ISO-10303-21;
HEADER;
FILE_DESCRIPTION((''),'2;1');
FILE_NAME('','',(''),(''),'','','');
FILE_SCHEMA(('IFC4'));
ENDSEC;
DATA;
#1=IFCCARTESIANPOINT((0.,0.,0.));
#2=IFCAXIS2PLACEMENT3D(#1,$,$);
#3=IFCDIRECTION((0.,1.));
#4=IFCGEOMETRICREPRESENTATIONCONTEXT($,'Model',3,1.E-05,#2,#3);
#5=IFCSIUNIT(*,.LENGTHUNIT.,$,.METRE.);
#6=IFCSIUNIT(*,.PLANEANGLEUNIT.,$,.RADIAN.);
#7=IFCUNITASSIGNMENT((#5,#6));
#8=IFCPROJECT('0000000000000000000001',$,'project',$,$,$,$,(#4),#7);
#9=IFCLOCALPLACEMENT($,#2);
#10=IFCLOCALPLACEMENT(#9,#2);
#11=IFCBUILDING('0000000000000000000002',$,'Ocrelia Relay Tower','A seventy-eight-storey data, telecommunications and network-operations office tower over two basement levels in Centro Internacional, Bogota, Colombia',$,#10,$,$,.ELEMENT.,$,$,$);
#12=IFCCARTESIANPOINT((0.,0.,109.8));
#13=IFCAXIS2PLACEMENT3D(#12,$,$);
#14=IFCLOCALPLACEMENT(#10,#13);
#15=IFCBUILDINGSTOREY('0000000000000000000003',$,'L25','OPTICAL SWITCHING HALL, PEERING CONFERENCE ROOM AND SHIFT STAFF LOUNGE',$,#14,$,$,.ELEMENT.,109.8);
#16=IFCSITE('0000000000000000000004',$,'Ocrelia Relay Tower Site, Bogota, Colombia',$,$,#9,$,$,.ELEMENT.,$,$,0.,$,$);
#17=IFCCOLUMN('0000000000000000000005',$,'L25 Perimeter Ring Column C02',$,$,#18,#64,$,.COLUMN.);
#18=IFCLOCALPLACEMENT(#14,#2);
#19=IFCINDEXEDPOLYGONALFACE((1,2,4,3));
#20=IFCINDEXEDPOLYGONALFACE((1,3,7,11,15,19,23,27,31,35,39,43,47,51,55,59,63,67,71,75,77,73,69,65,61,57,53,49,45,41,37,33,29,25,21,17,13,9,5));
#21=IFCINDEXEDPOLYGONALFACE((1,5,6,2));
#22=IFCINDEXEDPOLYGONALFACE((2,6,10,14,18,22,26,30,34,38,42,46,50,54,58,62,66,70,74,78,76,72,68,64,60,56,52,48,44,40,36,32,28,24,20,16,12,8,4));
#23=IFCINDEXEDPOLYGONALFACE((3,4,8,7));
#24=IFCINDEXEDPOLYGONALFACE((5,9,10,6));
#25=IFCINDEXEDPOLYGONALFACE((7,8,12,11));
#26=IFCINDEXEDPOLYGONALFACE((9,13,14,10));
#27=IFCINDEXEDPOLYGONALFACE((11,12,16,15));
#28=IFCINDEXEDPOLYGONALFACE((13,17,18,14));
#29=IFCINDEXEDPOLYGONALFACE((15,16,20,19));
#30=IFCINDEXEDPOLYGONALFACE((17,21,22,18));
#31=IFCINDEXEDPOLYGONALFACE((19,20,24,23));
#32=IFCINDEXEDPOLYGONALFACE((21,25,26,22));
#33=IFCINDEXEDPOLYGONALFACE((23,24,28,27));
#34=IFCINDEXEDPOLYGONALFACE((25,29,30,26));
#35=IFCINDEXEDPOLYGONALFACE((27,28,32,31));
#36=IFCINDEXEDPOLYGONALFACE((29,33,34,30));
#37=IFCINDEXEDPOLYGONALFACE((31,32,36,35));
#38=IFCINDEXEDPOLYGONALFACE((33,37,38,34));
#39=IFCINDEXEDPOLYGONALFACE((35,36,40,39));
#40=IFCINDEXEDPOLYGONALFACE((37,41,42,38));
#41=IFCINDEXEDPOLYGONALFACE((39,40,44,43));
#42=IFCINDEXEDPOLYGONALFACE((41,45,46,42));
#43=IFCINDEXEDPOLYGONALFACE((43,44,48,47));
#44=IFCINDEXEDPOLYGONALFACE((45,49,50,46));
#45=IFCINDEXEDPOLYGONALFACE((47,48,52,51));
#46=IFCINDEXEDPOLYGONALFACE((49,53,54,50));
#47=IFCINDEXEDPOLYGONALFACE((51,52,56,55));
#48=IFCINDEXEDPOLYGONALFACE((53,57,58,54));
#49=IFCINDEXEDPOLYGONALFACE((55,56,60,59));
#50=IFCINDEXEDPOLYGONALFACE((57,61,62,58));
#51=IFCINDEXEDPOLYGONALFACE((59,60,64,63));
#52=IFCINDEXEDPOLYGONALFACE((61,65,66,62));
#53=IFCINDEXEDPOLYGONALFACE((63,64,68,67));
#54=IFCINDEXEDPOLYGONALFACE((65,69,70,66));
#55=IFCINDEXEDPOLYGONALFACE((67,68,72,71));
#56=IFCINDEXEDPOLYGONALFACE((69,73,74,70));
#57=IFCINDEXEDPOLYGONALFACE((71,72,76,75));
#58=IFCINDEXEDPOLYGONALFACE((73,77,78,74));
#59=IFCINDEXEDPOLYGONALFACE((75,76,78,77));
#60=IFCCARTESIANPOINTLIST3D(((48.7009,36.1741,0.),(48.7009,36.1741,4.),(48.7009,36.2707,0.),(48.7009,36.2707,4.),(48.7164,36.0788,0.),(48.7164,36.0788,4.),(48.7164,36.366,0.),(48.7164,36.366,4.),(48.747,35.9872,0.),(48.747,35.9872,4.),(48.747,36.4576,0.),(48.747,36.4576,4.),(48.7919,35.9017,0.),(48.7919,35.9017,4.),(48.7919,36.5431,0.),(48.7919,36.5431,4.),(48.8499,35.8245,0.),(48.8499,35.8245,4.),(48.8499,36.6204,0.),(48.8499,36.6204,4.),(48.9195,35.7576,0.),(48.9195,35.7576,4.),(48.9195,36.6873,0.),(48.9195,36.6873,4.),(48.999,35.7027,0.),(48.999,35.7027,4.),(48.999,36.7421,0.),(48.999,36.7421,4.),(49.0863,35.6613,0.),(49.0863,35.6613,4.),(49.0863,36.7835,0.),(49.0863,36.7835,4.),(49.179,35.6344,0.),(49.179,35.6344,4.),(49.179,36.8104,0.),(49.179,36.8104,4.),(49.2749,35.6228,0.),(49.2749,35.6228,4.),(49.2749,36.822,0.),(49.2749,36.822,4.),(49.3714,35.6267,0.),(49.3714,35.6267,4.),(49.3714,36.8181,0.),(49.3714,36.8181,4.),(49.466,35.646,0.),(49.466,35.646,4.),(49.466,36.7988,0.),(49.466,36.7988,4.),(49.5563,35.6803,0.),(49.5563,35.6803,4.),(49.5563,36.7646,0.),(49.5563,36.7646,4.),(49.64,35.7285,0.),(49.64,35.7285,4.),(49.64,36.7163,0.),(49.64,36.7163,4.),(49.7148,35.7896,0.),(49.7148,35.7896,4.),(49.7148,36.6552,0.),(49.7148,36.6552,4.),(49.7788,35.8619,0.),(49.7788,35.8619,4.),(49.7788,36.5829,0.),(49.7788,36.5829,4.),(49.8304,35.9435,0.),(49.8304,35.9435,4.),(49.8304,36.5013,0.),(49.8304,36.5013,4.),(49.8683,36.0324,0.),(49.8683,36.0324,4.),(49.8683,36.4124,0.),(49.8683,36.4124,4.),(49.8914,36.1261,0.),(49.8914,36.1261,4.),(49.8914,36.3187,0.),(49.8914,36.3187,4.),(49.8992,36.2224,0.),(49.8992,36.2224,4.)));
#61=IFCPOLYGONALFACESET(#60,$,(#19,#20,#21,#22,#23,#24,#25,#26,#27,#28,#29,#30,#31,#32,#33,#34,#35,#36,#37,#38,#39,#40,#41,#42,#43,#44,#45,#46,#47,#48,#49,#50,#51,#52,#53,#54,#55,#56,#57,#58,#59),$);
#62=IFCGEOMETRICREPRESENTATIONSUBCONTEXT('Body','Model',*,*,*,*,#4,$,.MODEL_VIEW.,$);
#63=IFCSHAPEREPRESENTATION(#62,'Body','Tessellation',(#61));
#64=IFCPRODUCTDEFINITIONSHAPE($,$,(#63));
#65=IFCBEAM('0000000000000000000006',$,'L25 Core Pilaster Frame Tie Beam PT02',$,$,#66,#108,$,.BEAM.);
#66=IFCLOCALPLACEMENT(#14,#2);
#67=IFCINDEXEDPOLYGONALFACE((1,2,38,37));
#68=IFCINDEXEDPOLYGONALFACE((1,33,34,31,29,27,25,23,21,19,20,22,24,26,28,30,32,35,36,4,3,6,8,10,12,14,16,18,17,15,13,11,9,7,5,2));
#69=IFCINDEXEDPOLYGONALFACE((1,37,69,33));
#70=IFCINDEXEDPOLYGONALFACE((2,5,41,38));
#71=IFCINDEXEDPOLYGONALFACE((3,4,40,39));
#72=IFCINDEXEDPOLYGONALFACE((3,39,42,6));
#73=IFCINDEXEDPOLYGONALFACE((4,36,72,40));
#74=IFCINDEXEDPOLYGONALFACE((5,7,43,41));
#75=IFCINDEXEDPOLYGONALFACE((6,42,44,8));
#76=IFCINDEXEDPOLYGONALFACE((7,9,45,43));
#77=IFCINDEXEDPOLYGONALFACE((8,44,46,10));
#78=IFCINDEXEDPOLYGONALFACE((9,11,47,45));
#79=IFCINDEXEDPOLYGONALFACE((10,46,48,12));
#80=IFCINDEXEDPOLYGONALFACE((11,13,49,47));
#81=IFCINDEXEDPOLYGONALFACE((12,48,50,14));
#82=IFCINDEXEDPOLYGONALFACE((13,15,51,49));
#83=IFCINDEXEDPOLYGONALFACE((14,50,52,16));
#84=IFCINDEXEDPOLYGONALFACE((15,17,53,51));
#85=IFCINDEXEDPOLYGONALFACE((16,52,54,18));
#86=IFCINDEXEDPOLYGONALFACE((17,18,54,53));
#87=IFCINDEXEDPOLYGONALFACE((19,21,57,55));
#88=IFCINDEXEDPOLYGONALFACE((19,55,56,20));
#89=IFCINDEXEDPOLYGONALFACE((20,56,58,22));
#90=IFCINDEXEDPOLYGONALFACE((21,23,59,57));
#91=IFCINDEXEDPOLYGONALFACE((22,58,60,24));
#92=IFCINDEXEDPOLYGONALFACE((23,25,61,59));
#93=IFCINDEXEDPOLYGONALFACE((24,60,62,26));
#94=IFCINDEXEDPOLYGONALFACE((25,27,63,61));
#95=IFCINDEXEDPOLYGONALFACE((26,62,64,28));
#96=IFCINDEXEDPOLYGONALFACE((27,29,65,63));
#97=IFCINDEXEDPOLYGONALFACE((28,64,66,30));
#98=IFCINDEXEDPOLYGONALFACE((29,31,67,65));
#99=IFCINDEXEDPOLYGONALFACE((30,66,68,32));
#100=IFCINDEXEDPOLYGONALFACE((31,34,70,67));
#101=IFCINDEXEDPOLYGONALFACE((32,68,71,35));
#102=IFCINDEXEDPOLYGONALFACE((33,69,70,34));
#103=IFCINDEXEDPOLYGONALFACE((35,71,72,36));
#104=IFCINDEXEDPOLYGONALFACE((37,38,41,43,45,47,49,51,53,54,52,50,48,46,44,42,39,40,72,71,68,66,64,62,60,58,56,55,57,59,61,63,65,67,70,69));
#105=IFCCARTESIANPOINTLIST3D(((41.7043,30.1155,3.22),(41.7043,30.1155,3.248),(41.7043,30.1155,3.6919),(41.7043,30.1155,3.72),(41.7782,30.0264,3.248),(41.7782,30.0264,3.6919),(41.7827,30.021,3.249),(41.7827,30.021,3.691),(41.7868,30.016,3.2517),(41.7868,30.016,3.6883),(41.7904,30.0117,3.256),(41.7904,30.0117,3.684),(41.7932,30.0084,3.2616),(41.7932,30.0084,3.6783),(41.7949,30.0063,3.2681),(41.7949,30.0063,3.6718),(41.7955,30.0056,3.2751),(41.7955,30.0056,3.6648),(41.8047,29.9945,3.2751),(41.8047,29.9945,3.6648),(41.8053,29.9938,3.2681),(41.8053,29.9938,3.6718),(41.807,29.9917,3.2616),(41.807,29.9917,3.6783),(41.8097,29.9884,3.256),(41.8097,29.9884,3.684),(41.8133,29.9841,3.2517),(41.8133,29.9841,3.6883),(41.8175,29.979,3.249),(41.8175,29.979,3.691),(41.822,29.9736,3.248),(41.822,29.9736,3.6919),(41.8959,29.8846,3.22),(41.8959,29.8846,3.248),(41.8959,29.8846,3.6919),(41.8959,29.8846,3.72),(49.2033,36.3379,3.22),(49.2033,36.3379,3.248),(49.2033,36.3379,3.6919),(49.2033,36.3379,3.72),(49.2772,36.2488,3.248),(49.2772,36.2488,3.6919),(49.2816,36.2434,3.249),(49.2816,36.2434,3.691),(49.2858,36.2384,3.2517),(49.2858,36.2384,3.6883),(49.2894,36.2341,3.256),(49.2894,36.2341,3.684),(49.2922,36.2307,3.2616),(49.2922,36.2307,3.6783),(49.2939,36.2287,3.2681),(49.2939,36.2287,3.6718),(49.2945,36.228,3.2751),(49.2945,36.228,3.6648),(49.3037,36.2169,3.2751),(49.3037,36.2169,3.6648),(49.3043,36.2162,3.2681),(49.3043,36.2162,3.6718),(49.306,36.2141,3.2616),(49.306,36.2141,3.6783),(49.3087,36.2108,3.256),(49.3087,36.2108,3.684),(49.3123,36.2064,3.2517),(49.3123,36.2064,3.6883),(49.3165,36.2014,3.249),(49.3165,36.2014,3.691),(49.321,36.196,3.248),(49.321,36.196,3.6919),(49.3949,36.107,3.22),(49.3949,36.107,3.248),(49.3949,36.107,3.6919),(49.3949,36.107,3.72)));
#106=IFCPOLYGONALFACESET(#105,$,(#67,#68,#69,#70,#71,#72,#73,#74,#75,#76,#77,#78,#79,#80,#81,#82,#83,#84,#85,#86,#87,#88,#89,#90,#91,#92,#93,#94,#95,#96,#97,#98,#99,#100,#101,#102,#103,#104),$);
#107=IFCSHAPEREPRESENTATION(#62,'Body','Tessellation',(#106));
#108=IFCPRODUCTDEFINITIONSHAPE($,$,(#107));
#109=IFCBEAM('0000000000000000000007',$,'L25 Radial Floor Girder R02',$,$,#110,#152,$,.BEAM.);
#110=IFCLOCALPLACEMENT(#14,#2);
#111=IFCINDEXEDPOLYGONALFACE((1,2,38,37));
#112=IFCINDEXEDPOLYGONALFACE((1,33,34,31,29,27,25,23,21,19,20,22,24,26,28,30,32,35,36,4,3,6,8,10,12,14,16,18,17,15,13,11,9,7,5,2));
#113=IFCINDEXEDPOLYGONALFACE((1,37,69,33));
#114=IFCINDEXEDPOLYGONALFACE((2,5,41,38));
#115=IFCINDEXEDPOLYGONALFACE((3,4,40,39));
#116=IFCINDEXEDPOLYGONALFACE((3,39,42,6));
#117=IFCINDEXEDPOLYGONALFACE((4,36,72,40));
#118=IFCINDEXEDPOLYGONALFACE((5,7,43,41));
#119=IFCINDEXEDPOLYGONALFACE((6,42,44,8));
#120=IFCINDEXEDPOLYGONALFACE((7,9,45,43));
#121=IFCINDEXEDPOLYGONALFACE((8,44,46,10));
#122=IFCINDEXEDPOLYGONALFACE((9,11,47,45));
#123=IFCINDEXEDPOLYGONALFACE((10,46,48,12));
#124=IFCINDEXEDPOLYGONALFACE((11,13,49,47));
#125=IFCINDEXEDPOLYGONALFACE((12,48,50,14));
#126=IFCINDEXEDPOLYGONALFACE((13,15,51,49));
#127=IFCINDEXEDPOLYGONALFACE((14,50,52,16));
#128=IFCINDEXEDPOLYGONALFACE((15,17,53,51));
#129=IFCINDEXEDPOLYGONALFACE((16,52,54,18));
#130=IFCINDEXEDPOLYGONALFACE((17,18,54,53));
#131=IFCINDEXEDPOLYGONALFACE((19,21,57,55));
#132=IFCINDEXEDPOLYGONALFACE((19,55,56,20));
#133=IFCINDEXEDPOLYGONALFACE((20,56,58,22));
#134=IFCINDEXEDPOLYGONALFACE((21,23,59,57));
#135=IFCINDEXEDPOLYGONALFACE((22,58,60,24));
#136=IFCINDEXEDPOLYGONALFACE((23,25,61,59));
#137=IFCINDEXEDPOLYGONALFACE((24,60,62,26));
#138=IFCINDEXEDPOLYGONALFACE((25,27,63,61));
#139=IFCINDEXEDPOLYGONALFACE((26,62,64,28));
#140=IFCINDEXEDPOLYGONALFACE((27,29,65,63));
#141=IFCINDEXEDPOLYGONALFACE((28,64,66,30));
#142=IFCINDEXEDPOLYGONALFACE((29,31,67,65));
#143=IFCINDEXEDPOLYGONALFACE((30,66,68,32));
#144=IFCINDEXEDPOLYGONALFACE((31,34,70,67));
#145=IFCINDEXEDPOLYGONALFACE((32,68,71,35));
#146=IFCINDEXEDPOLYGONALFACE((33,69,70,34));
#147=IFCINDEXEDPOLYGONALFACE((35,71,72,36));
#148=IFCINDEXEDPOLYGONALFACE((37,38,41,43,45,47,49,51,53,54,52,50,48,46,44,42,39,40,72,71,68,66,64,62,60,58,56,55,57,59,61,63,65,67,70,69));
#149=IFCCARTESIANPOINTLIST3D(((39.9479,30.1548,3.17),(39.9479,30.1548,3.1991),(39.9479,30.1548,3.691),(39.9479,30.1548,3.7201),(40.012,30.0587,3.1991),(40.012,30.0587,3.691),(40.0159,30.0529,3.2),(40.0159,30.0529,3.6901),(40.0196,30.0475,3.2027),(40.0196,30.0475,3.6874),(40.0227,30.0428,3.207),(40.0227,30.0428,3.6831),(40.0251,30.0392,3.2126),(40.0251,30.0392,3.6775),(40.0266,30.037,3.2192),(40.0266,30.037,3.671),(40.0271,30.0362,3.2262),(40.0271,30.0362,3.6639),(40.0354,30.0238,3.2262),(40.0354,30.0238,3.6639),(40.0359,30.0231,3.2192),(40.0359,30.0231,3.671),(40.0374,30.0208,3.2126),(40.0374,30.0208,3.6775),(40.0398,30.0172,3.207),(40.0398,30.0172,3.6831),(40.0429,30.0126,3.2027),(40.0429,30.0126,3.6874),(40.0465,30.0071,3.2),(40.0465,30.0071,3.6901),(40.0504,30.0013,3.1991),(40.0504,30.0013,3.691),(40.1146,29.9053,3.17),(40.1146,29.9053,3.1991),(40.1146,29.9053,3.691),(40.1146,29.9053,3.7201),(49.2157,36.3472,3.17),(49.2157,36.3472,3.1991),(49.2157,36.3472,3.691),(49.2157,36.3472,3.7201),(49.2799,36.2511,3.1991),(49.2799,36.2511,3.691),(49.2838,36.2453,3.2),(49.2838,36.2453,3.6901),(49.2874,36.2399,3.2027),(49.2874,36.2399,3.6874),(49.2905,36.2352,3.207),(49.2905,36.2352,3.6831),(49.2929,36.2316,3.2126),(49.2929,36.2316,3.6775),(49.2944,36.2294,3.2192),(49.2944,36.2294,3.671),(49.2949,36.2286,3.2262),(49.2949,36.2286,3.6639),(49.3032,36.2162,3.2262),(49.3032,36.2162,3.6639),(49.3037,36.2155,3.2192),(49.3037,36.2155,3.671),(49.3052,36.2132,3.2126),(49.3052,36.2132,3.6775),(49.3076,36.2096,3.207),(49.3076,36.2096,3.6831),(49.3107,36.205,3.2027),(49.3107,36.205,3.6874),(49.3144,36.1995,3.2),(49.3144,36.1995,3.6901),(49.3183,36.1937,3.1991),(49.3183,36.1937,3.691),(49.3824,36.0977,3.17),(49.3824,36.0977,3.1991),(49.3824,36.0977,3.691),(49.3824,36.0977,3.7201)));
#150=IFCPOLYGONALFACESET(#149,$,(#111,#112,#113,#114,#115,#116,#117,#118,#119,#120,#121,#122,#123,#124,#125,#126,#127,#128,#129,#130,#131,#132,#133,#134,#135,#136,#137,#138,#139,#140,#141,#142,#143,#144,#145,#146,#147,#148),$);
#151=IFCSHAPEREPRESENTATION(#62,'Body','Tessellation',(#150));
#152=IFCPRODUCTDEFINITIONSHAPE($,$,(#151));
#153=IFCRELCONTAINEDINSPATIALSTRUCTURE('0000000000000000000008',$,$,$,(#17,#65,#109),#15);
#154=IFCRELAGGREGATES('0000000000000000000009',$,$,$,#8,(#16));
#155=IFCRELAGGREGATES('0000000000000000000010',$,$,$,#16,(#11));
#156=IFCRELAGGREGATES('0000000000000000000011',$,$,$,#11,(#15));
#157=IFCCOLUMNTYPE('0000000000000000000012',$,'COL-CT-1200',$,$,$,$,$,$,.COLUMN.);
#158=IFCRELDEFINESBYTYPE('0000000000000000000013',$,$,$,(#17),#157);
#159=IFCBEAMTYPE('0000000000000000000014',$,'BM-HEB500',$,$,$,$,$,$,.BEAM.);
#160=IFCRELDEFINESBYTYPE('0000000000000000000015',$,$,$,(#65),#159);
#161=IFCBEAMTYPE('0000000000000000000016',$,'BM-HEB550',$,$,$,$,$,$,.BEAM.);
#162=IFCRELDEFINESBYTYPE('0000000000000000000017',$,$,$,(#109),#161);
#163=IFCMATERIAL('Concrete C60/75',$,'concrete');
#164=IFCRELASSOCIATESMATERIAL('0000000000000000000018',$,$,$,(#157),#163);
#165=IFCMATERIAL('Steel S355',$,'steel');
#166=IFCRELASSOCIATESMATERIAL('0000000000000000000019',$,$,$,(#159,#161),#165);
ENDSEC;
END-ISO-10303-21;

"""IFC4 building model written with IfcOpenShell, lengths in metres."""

from ifc_helpers import new_model, si_unit, direction, frame, origin, origin_2d, place, context, subcontext, project, spatial, circle, i_section, extrude, material, material_profile, profile_set, type_object, element, save


model = new_model("IFC4")

# Units and contexts
model_context = context("Model", 3, precision=1e-05, world=origin(), true_north=direction((0.0, 1.0)))
body_context = subcontext(model_context, "Body", "Model", "MODEL_VIEW")
ifc_project = project(units=[si_unit("LENGTHUNIT", "METRE"), si_unit("PLANEANGLEUNIT", "RADIAN")], contexts=[model_context])

# Site, building, storey
site_placement = place(None, origin())
site = spatial("IfcSite", under=ifc_project, at=site_placement, Name="Ocrelia Relay Tower Site, Bogota, Colombia", CompositionType="ELEMENT", RefElevation=0.0)
building_placement = place(site_placement, origin())
building = spatial("IfcBuilding", under=site, at=building_placement, Name="Ocrelia Relay Tower", Description="A seventy-eight-storey data, telecommunications and network-operations office tower over two basement levels in Centro Internacional, Bogota, Colombia", CompositionType="ELEMENT")
storey_placement = place(building_placement, frame((0.0, 0.0, 109.8)))
storey = spatial("IfcBuildingStorey", under=building, at=storey_placement, Name="L25", Description="OPTICAL SWITCHING HALL, PEERING CONFERENCE ROOM AND SHIFT STAFF LOUNGE", CompositionType="ELEMENT", Elevation=109.8)

# Column
ifc_material_1 = material(Name="Concrete C60/75", Category="concrete")
ifc_material_profile_1 = material_profile(ifc_material_1, circle(Radius=0.6001, at=origin_2d()), Name="RC-CIR-1200")
ifc_profile_set_1 = profile_set([ifc_material_profile_1], Name="Concrete C60/75")
column_type = type_object("IfcColumnType", Name="COL-CT-1200", PredefinedType="COLUMN", material=ifc_profile_set_1)
column_placement = place(storey_placement, frame((49.2991, 36.2224, 0.0), z_axis=(0.0, 0.0, 1.0), x_axis=(1.0, 0.0, 0.0)))
element("IfcColumn", 1, at=column_placement, inside=storey, type_object=column_type, Name="L25 Perimeter Ring Column C02", PredefinedType="COLUMN", context=body_context, shape_type="SweptSolid", body=[
    extrude(circle(Radius=0.6001, at=origin_2d()), origin(), (0.0, 0.0, 1.0), 4.0),
])

# Beams
ifc_material_2 = material(Name="Steel S355", Category="steel")
ifc_material_profile_2 = material_profile(ifc_material_2, i_section(OverallWidth=0.3, OverallDepth=0.5, WebThickness=0.0144, FlangeThickness=0.0281, FilletRadius=0.0271, at=origin_2d()), Name="HEB 500")
ifc_profile_set_2 = profile_set([ifc_material_profile_2], Name="Steel S355")
beam_type_1 = type_object("IfcBeamType", Name="BM-HEB500", PredefinedType="BEAM", material=ifc_profile_set_2)
beam_1_placement = place(storey_placement, frame((49.2991, 36.2224, 3.47), z_axis=(-0.769571, -0.638561, 0.0), x_axis=(0.638561, -0.769571, 0.0)))
element("IfcBeam", 2, at=beam_1_placement, inside=storey, type_object=beam_type_1, Name="L25 Core Pilaster Frame Tie Beam PT02", PredefinedType="BEAM", context=body_context, shape_type="SweptSolid", body=[
    extrude(i_section(OverallWidth=0.3, OverallDepth=0.5, WebThickness=0.0144, FlangeThickness=0.0281, FilletRadius=0.0271, at=origin_2d()), origin(), (0.0, 0.0, 1.0), 9.7444),
])
ifc_material_profile_3 = material_profile(ifc_material_2, i_section(OverallWidth=0.3, OverallDepth=0.55, WebThickness=0.0149, FlangeThickness=0.0291, FilletRadius=0.0271, at=origin_2d()), Name="HEB 550")
ifc_profile_set_3 = profile_set([ifc_material_profile_3], Name="Steel S355")
beam_type_2 = type_object("IfcBeamType", Name="BM-HEB550", PredefinedType="BEAM", material=ifc_profile_set_3)
beam_2_placement = place(storey_placement, frame((49.2991, 36.2224, 3.4451), z_axis=(-0.831477, -0.555559, 0.0), x_axis=(0.555559, -0.831477, 0.0)))
element("IfcBeam", 3, at=beam_2_placement, inside=storey, type_object=beam_type_2, Name="L25 Radial Floor Girder R02", PredefinedType="BEAM", context=body_context, shape_type="SweptSolid", body=[
    extrude(i_section(OverallWidth=0.3, OverallDepth=0.55, WebThickness=0.0149, FlangeThickness=0.0291, FilletRadius=0.0271, at=origin_2d()), origin(), (0.0, 0.0, 1.0), 11.1462),
])

save(model, "model.ifc")
